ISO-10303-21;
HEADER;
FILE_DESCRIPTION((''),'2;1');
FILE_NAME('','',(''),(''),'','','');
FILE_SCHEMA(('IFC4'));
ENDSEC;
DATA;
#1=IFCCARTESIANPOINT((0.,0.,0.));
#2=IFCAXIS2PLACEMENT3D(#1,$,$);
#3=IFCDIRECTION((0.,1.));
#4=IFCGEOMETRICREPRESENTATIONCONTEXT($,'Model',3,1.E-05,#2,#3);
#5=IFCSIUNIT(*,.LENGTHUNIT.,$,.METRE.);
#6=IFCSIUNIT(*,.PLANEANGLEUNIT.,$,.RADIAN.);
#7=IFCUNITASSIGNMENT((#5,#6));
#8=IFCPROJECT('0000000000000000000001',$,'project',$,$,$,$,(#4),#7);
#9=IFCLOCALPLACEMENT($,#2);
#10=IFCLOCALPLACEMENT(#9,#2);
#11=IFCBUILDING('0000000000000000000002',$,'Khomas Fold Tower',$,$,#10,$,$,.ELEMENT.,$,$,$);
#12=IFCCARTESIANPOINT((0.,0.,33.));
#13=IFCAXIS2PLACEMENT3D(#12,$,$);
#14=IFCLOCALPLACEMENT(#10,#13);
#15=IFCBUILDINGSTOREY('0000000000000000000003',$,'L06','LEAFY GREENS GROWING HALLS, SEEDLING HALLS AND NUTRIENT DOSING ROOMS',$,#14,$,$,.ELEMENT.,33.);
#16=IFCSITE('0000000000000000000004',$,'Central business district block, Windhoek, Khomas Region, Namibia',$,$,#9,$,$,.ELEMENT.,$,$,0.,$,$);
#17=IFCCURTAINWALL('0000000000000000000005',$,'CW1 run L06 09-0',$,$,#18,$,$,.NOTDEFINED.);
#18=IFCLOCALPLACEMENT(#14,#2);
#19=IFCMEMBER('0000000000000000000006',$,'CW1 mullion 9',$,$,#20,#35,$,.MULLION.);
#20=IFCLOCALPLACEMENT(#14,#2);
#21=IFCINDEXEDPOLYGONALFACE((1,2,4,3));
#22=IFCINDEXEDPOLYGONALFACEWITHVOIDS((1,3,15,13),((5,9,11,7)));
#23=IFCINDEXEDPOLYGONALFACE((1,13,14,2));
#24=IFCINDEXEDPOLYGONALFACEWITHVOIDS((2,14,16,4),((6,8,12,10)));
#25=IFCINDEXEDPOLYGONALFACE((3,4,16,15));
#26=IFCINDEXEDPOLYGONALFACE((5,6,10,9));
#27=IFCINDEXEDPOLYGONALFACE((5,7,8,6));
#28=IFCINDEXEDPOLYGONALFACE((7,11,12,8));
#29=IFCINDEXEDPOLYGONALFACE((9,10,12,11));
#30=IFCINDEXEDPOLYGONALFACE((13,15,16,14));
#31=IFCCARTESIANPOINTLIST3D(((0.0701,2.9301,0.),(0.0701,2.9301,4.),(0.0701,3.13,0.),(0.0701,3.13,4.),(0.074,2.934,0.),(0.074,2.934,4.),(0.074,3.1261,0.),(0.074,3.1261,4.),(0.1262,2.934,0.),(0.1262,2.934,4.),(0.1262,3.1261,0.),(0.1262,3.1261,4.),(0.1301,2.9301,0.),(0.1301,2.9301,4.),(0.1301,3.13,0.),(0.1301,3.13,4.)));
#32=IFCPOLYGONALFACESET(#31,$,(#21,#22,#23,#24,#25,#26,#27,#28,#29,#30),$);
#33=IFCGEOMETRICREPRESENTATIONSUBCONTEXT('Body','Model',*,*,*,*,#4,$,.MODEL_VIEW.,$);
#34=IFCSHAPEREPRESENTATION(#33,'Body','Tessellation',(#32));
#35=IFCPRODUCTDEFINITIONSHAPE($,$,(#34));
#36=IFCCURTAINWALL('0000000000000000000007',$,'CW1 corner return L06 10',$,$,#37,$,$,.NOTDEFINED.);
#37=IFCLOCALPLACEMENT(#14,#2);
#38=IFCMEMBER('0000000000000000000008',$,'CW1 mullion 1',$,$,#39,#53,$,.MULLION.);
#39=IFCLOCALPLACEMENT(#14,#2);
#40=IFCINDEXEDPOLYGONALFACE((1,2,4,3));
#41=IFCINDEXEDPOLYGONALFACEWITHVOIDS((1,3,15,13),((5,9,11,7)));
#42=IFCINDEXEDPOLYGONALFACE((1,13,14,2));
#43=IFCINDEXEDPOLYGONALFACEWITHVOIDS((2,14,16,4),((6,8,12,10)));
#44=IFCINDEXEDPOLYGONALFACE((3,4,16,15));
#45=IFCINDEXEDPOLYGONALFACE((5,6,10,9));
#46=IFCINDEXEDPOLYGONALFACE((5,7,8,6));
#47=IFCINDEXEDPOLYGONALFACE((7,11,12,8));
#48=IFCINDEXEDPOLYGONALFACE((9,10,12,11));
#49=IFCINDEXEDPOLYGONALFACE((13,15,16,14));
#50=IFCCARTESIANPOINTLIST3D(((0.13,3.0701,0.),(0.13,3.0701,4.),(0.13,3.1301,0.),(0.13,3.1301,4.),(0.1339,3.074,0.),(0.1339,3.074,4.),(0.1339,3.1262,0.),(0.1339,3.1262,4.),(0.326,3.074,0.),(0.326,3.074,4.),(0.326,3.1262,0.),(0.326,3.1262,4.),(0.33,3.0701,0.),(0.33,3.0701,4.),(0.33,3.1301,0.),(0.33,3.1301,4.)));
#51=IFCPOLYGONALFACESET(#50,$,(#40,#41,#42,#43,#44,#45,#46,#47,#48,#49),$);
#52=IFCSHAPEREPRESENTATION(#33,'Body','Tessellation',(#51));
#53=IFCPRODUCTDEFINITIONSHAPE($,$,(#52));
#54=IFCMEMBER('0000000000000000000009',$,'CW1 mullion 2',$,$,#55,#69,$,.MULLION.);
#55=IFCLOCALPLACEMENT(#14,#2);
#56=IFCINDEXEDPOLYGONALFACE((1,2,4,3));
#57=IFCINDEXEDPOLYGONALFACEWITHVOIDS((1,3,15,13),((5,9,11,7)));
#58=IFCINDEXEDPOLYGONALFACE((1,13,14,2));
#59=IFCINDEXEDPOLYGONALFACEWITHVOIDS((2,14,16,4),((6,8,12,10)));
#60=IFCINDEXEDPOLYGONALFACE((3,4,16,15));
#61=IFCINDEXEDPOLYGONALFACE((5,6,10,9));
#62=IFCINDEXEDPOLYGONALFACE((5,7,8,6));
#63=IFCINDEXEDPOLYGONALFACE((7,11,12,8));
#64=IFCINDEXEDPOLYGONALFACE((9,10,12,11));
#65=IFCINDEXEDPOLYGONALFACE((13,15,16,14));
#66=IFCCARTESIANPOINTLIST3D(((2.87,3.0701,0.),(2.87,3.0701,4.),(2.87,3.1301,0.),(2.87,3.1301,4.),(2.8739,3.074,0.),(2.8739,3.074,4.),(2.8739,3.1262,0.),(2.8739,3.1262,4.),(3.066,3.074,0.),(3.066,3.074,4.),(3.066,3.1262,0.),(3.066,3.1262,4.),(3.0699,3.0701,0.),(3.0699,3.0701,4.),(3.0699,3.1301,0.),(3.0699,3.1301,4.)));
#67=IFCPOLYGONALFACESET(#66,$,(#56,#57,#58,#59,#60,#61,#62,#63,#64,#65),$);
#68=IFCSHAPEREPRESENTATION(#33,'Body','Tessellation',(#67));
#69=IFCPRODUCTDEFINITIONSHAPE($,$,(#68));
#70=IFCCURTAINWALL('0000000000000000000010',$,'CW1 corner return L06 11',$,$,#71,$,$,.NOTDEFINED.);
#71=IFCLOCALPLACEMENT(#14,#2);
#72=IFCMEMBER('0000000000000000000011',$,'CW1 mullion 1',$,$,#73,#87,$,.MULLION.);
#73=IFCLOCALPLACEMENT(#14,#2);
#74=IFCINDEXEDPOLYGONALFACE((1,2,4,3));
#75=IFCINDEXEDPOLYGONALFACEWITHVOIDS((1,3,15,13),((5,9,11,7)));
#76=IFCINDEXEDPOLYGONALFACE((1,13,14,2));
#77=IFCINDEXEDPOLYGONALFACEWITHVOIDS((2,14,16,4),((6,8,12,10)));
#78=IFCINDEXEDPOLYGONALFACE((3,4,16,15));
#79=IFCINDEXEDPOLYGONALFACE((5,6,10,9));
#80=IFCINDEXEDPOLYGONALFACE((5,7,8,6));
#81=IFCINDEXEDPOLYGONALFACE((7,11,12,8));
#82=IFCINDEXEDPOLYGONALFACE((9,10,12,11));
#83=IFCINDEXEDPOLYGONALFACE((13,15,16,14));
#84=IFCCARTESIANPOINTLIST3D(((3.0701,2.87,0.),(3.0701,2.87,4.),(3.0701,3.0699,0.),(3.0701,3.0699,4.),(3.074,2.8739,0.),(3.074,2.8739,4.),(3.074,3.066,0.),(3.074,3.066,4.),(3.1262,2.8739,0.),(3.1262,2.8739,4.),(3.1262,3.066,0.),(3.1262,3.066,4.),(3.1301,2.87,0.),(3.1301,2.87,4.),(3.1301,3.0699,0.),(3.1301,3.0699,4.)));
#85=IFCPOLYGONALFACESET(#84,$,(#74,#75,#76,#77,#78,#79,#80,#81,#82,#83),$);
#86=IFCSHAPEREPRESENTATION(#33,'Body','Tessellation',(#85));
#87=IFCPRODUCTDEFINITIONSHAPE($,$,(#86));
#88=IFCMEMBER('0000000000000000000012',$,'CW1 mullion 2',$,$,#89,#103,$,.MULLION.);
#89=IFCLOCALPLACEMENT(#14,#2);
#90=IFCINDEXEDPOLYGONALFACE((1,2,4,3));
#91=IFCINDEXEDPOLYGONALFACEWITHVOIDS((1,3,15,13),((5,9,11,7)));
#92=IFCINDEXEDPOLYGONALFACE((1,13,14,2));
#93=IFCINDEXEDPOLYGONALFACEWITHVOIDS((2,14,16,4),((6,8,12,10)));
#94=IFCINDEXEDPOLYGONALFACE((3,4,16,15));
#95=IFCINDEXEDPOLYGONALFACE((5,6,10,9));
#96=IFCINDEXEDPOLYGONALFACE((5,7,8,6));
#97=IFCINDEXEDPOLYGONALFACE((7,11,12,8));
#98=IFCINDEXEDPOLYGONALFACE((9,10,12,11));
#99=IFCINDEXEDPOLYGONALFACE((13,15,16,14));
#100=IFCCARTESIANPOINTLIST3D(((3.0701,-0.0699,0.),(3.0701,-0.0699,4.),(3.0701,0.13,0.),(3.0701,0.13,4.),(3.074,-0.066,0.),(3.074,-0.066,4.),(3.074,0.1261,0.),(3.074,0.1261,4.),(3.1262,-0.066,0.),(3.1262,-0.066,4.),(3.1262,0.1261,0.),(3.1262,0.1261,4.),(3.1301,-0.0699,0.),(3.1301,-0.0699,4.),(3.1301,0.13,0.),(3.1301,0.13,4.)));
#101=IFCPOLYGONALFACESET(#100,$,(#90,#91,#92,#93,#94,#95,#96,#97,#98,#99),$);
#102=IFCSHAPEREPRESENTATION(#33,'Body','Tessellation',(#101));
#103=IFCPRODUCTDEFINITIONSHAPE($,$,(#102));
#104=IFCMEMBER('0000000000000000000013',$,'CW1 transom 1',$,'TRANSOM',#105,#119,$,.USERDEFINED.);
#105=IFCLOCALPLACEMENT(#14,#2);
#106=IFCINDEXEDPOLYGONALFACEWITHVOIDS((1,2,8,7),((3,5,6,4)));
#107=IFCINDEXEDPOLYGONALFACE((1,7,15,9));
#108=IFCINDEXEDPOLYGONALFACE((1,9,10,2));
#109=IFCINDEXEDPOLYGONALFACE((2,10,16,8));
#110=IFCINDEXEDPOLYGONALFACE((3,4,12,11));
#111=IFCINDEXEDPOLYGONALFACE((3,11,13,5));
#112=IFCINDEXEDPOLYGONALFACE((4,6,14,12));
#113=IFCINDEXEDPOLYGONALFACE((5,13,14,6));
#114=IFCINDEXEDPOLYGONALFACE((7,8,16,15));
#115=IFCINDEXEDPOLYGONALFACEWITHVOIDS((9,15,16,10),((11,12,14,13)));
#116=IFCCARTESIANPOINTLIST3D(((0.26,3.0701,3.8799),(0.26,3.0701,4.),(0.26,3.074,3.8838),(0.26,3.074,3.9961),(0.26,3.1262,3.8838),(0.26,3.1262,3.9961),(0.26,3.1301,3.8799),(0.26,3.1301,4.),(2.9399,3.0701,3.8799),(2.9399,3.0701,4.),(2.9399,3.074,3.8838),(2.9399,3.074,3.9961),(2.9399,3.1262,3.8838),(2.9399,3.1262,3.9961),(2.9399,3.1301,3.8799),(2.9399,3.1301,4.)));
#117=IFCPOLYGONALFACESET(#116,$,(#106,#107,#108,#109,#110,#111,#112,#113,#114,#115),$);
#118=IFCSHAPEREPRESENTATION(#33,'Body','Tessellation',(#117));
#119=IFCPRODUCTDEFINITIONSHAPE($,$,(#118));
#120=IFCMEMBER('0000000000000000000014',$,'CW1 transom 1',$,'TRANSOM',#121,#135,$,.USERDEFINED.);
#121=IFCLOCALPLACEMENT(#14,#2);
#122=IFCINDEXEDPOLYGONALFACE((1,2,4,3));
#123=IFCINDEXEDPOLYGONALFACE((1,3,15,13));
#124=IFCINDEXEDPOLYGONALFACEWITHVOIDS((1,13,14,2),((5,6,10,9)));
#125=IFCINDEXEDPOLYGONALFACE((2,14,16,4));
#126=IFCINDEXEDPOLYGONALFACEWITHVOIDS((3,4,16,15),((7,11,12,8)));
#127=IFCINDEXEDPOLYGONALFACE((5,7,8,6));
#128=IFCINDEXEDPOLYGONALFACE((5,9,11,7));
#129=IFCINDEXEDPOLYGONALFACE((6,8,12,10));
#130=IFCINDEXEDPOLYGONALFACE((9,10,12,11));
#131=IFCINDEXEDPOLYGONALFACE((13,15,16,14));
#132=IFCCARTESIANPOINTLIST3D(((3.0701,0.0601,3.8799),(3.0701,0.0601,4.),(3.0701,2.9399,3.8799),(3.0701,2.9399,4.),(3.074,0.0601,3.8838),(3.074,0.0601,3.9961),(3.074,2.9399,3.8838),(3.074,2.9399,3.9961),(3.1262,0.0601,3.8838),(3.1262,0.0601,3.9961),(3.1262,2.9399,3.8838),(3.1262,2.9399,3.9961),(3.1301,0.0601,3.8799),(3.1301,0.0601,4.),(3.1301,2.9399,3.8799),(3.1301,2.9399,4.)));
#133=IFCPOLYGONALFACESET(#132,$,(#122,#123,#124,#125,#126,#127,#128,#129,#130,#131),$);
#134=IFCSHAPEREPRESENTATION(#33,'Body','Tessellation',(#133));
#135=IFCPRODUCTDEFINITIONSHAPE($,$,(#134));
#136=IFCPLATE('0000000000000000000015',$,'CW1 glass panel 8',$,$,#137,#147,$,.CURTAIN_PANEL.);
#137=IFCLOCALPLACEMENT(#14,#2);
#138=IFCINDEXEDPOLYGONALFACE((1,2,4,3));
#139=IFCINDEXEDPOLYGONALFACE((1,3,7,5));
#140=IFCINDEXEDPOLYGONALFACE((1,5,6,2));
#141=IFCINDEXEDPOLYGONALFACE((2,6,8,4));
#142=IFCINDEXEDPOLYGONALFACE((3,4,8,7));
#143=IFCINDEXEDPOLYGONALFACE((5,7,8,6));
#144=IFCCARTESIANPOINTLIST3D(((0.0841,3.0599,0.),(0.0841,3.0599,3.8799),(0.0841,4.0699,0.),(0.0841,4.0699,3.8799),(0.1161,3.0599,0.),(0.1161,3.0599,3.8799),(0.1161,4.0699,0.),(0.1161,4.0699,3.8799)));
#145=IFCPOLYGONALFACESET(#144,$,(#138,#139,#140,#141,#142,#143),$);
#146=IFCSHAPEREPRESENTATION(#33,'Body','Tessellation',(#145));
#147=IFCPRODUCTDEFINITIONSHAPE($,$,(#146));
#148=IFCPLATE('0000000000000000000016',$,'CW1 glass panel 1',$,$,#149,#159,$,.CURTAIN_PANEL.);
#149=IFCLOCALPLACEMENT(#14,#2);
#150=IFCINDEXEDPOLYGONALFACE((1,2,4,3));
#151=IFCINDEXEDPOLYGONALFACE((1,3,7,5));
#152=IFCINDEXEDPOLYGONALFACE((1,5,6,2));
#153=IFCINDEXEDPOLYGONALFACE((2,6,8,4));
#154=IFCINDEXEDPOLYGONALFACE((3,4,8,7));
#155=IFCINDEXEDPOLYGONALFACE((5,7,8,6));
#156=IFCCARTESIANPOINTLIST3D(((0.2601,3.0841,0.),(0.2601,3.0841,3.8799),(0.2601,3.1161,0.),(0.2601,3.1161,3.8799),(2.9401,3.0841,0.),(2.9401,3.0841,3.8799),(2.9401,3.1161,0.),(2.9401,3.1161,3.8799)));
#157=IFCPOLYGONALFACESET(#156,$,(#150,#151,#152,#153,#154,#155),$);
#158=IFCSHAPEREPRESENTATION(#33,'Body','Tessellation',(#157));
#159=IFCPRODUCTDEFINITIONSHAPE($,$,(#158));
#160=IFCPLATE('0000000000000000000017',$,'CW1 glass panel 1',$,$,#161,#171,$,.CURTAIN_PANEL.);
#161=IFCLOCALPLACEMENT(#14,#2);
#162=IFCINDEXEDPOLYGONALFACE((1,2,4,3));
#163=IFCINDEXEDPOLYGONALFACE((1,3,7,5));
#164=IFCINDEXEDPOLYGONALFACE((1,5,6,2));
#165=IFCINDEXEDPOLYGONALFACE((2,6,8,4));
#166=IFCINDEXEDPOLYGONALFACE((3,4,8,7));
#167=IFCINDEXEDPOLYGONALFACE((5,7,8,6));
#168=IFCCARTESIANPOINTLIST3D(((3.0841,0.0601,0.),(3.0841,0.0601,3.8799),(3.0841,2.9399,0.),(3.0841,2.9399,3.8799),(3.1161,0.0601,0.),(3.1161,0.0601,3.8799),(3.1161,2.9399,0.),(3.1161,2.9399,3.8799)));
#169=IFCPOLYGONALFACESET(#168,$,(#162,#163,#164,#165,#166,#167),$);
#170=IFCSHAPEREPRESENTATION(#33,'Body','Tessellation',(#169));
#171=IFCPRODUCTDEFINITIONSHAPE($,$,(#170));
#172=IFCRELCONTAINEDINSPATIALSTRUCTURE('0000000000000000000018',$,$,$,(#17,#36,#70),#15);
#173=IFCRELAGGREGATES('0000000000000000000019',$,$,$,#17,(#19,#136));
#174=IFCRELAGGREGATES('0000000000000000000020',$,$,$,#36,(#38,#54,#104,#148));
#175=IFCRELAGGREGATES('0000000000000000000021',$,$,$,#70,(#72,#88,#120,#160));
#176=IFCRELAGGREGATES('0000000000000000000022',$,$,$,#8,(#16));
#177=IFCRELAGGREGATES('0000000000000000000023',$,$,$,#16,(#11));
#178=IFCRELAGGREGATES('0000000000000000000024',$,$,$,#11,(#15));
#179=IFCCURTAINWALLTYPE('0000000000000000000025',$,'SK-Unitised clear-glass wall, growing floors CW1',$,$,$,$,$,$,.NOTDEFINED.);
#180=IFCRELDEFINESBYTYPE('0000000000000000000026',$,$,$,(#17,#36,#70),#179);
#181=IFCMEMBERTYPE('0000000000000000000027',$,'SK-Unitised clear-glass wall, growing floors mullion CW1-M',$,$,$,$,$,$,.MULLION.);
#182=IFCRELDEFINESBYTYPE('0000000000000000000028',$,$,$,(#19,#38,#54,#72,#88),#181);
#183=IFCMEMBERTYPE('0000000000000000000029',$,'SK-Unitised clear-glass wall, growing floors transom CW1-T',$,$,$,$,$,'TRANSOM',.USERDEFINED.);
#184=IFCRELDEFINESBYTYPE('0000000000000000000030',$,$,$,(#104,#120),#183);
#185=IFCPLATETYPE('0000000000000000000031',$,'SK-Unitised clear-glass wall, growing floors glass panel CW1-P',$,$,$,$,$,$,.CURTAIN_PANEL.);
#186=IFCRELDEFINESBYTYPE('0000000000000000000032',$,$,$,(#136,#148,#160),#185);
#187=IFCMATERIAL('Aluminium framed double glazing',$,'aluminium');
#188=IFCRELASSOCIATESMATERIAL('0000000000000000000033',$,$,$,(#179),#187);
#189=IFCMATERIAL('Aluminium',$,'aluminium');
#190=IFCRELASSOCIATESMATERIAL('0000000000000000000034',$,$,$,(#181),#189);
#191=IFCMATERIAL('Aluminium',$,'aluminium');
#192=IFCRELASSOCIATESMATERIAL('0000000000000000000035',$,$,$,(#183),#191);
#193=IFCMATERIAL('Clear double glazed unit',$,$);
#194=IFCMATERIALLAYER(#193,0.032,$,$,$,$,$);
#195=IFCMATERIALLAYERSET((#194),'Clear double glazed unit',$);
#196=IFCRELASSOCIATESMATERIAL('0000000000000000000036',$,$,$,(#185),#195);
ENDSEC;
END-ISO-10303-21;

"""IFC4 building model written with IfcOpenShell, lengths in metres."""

from ifc_helpers import new_model, si_unit, direction, frame, origin, origin_2d, place, context, subcontext, project, spatial, rectangle, hollow_rectangle, extrude, source, transform, mapped, material, layer, layer_set, material_profile, profile_set, type_object, element, aggregate, save


model = new_model("IFC4")

# Units and contexts
model_context = context("Model", 3, precision=1e-05, world=origin(), true_north=direction((0.0, 1.0)))
body_context = subcontext(model_context, "Body", "Model", "MODEL_VIEW")
ifc_project = project(units=[si_unit("LENGTHUNIT", "METRE"), si_unit("PLANEANGLEUNIT", "RADIAN")], contexts=[model_context])

# Site, building, storey
site_placement = place(None, origin())
site = spatial("IfcSite", under=ifc_project, at=site_placement, Name="Central business district block, Windhoek, Khomas Region, Namibia", CompositionType="ELEMENT", RefElevation=0.0)
building_placement = place(site_placement, origin())
building = spatial("IfcBuilding", under=site, at=building_placement, Name="Khomas Fold Tower", CompositionType="ELEMENT")
storey_placement = place(building_placement, frame((0.0, 0.0, 33.0)))
storey = spatial("IfcBuildingStorey", under=building, at=storey_placement, Name="L06", Description="LEAFY GREENS GROWING HALLS, SEEDLING HALLS AND NUTRIENT DOSING ROOMS", CompositionType="ELEMENT", Elevation=33.0)

# Curtain wall, member
ifc_material_1 = material(Name="Aluminium framed double glazing", Category="aluminium")
curtain_wall_type = type_object("IfcCurtainWallType", Name="SK-Unitised clear-glass wall, growing floors CW1", PredefinedType="NOTDEFINED", material=ifc_material_1)
curtain_wall_1_placement = place(storey_placement, origin())
curtain_wall_1 = element("IfcCurtainWall", 1, at=curtain_wall_1_placement, inside=storey, type_object=curtain_wall_type, Name="CW1 run L06 09-0", PredefinedType="NOTDEFINED")
ifc_material_2 = material(Name="Aluminium", Category="aluminium")
ifc_material_profile_1 = material_profile(ifc_material_2, hollow_rectangle(XDim=0.0601, YDim=0.2, WallThickness=0.0039, at=origin_2d()), Name="SK-Unitised clear-glass wall, growing floors mullion CW1-M")
ifc_profile_set_1 = profile_set([ifc_material_profile_1], Name="Aluminium")
member_type_1 = type_object("IfcMemberType", Name="SK-Unitised clear-glass wall, growing floors mullion CW1-M", PredefinedType="MULLION", material=ifc_profile_set_1)
shared_shape_1 = source(origin(), body_context, "Body", "SweptSolid", [
    extrude(hollow_rectangle(XDim=0.0601, YDim=0.2, WallThickness=0.0039, at=origin_2d()), origin(), (0.0, 0.0, 1.0), 4.0),
])
member_1_placement = place(storey_placement, frame((0.1001, 3.03, 0.0), z_axis=(0.0, 0.0, 1.0), x_axis=(1.0, 0.0, 0.0)))
member_1 = element("IfcMember", 2, at=member_1_placement, type_object=member_type_1, Name="CW1 mullion 9", PredefinedType="MULLION", context=body_context, shape_type="MappedRepresentation", body=[
    mapped(shared_shape_1, transform((0.0, 0.0, 0.0))),
])

# Curtain walls, members
curtain_wall_2_placement = place(storey_placement, origin())
curtain_wall_2 = element("IfcCurtainWall", 3, at=curtain_wall_2_placement, inside=storey, type_object=curtain_wall_type, Name="CW1 corner return L06 10", PredefinedType="NOTDEFINED")
member_2_placement = place(storey_placement, frame((0.23, 3.1001, 0.0), z_axis=(0.0, 0.0, 1.0), x_axis=(0.0, 1.0, 0.0)))
member_2 = element("IfcMember", 4, at=member_2_placement, type_object=member_type_1, Name="CW1 mullion 1", PredefinedType="MULLION", context=body_context, shape_type="MappedRepresentation", body=[
    mapped(shared_shape_1, transform((0.0, 0.0, 0.0))),
])
member_3_placement = place(storey_placement, frame((2.97, 3.1001, 0.0), z_axis=(0.0, 0.0, 1.0), x_axis=(0.0, 1.0, 0.0)))
member_3 = element("IfcMember", 5, at=member_3_placement, type_object=member_type_1, Name="CW1 mullion 2", PredefinedType="MULLION", context=body_context, shape_type="MappedRepresentation", body=[
    mapped(shared_shape_1, transform((0.0, 0.0, 0.0))),
])
curtain_wall_3_placement = place(storey_placement, origin())
curtain_wall_3 = element("IfcCurtainWall", 6, at=curtain_wall_3_placement, inside=storey, type_object=curtain_wall_type, Name="CW1 corner return L06 11", PredefinedType="NOTDEFINED")
member_4_placement = place(storey_placement, frame((3.1001, 2.97, 0.0), z_axis=(0.0, 0.0, 1.0), x_axis=(1.0, 0.0, 0.0)))
member_4 = element("IfcMember", 7, at=member_4_placement, type_object=member_type_1, Name="CW1 mullion 1", PredefinedType="MULLION", context=body_context, shape_type="MappedRepresentation", body=[
    mapped(shared_shape_1, transform((0.0, 0.0, 0.0))),
])
member_5_placement = place(storey_placement, frame((3.1001, 0.03, 0.0), z_axis=(0.0, 0.0, 1.0), x_axis=(1.0, 0.0, 0.0)))
member_5 = element("IfcMember", 8, at=member_5_placement, type_object=member_type_1, Name="CW1 mullion 2", PredefinedType="MULLION", context=body_context, shape_type="MappedRepresentation", body=[
    mapped(shared_shape_1, transform((0.0, 0.0, 0.0))),
])

# Members
ifc_material_3 = material(Name="Aluminium", Category="aluminium")
ifc_material_profile_2 = material_profile(ifc_material_3, hollow_rectangle(XDim=0.0601, YDim=0.1201, WallThickness=0.0039, at=origin_2d()), Name="SK-Unitised clear-glass wall, growing floors transom CW1-T")
ifc_profile_set_2 = profile_set([ifc_material_profile_2], Name="Aluminium")
member_type_2 = type_object("IfcMemberType", Name="SK-Unitised clear-glass wall, growing floors transom CW1-T", ElementType="TRANSOM", PredefinedType="USERDEFINED", material=ifc_profile_set_2)
shared_shape_2 = source(origin(), body_context, "Body", "SweptSolid", [
    extrude(hollow_rectangle(XDim=0.0601, YDim=0.1201, WallThickness=0.0039, at=origin_2d()), origin(), (0.0, 0.0, 1.0), 2.6799),
])
member_6_placement = place(storey_placement, frame((0.26, 3.1001, 3.9399), z_axis=(1.0, 0.0, 0.0), x_axis=(0.0, 1.0, 0.0)))
member_6 = element("IfcMember", 9, at=member_6_placement, type_object=member_type_2, Name="CW1 transom 1", ObjectType="TRANSOM", PredefinedType="USERDEFINED", context=body_context, shape_type="MappedRepresentation", body=[
    mapped(shared_shape_2, transform((0.0, 0.0, 0.0))),
])
shared_shape_3 = source(origin(), body_context, "Body", "SweptSolid", [
    extrude(hollow_rectangle(XDim=0.0601, YDim=0.1201, WallThickness=0.0039, at=origin_2d()), origin(), (0.0, 0.0, 1.0), 2.8799),
])
member_7_placement = place(storey_placement, frame((3.1001, 2.9399, 3.9399), z_axis=(0.0, -1.0, 0.0), x_axis=(1.0, 0.0, 0.0)))
member_7 = element("IfcMember", 10, at=member_7_placement, type_object=member_type_2, Name="CW1 transom 1", ObjectType="TRANSOM", PredefinedType="USERDEFINED", context=body_context, shape_type="MappedRepresentation", body=[
    mapped(shared_shape_3, transform((0.0, 0.0, 0.0))),
])

# Plates
ifc_material_4 = material(Name="Clear double glazed unit")
ifc_layer_1 = layer(ifc_material_4, 0.032)
ifc_layer_set_1 = layer_set([ifc_layer_1], Name="Clear double glazed unit")
plate_type = type_object("IfcPlateType", Name="SK-Unitised clear-glass wall, growing floors glass panel CW1-P", PredefinedType="CURTAIN_PANEL", material=ifc_layer_set_1)
shared_shape_4 = source(origin(), body_context, "Body", "SweptSolid", [
    extrude(rectangle(XDim=1.01, YDim=0.032, at=origin_2d()), origin(), (0.0, 0.0, 1.0), 3.8799),
])
plate_1_placement = place(storey_placement, frame((0.1001, 3.5649, 0.0), z_axis=(0.0, 0.0, 1.0), x_axis=(0.0, -1.0, 0.0)))
plate_1 = element("IfcPlate", 11, at=plate_1_placement, type_object=plate_type, Name="CW1 glass panel 8", PredefinedType="CURTAIN_PANEL", context=body_context, shape_type="MappedRepresentation", body=[
    mapped(shared_shape_4, transform((0.0, 0.0, 0.0))),
])
aggregate(curtain_wall_1, [member_1, plate_1])
shared_shape_5 = source(origin(), body_context, "Body", "SweptSolid", [
    extrude(rectangle(XDim=2.6799, YDim=0.032, at=origin_2d()), origin(), (0.0, 0.0, 1.0), 3.8799),
])
plate_2_placement = place(storey_placement, frame((1.6001, 3.1001, 0.0), z_axis=(0.0, 0.0, 1.0), x_axis=(1.0, 0.0, 0.0)))
plate_2 = element("IfcPlate", 12, at=plate_2_placement, type_object=plate_type, Name="CW1 glass panel 1", PredefinedType="CURTAIN_PANEL", context=body_context, shape_type="MappedRepresentation", body=[
    mapped(shared_shape_5, transform((0.0, 0.0, 0.0))),
])
aggregate(curtain_wall_2, [member_2, member_3, member_6, plate_2])
shared_shape_6 = source(origin(), body_context, "Body", "SweptSolid", [
    extrude(rectangle(XDim=2.8799, YDim=0.032, at=origin_2d()), origin(), (0.0, 0.0, 1.0), 3.8799),
])
plate_3_placement = place(storey_placement, frame((3.1001, 1.5, 0.0), z_axis=(0.0, 0.0, 1.0), x_axis=(0.0, -1.0, 0.0)))
plate_3 = element("IfcPlate", 13, at=plate_3_placement, type_object=plate_type, Name="CW1 glass panel 1", PredefinedType="CURTAIN_PANEL", context=body_context, shape_type="MappedRepresentation", body=[
    mapped(shared_shape_6, transform((0.0, 0.0, 0.0))),
])
aggregate(curtain_wall_3, [member_4, member_5, member_7, plate_3])

save(model, "model.ifc")
